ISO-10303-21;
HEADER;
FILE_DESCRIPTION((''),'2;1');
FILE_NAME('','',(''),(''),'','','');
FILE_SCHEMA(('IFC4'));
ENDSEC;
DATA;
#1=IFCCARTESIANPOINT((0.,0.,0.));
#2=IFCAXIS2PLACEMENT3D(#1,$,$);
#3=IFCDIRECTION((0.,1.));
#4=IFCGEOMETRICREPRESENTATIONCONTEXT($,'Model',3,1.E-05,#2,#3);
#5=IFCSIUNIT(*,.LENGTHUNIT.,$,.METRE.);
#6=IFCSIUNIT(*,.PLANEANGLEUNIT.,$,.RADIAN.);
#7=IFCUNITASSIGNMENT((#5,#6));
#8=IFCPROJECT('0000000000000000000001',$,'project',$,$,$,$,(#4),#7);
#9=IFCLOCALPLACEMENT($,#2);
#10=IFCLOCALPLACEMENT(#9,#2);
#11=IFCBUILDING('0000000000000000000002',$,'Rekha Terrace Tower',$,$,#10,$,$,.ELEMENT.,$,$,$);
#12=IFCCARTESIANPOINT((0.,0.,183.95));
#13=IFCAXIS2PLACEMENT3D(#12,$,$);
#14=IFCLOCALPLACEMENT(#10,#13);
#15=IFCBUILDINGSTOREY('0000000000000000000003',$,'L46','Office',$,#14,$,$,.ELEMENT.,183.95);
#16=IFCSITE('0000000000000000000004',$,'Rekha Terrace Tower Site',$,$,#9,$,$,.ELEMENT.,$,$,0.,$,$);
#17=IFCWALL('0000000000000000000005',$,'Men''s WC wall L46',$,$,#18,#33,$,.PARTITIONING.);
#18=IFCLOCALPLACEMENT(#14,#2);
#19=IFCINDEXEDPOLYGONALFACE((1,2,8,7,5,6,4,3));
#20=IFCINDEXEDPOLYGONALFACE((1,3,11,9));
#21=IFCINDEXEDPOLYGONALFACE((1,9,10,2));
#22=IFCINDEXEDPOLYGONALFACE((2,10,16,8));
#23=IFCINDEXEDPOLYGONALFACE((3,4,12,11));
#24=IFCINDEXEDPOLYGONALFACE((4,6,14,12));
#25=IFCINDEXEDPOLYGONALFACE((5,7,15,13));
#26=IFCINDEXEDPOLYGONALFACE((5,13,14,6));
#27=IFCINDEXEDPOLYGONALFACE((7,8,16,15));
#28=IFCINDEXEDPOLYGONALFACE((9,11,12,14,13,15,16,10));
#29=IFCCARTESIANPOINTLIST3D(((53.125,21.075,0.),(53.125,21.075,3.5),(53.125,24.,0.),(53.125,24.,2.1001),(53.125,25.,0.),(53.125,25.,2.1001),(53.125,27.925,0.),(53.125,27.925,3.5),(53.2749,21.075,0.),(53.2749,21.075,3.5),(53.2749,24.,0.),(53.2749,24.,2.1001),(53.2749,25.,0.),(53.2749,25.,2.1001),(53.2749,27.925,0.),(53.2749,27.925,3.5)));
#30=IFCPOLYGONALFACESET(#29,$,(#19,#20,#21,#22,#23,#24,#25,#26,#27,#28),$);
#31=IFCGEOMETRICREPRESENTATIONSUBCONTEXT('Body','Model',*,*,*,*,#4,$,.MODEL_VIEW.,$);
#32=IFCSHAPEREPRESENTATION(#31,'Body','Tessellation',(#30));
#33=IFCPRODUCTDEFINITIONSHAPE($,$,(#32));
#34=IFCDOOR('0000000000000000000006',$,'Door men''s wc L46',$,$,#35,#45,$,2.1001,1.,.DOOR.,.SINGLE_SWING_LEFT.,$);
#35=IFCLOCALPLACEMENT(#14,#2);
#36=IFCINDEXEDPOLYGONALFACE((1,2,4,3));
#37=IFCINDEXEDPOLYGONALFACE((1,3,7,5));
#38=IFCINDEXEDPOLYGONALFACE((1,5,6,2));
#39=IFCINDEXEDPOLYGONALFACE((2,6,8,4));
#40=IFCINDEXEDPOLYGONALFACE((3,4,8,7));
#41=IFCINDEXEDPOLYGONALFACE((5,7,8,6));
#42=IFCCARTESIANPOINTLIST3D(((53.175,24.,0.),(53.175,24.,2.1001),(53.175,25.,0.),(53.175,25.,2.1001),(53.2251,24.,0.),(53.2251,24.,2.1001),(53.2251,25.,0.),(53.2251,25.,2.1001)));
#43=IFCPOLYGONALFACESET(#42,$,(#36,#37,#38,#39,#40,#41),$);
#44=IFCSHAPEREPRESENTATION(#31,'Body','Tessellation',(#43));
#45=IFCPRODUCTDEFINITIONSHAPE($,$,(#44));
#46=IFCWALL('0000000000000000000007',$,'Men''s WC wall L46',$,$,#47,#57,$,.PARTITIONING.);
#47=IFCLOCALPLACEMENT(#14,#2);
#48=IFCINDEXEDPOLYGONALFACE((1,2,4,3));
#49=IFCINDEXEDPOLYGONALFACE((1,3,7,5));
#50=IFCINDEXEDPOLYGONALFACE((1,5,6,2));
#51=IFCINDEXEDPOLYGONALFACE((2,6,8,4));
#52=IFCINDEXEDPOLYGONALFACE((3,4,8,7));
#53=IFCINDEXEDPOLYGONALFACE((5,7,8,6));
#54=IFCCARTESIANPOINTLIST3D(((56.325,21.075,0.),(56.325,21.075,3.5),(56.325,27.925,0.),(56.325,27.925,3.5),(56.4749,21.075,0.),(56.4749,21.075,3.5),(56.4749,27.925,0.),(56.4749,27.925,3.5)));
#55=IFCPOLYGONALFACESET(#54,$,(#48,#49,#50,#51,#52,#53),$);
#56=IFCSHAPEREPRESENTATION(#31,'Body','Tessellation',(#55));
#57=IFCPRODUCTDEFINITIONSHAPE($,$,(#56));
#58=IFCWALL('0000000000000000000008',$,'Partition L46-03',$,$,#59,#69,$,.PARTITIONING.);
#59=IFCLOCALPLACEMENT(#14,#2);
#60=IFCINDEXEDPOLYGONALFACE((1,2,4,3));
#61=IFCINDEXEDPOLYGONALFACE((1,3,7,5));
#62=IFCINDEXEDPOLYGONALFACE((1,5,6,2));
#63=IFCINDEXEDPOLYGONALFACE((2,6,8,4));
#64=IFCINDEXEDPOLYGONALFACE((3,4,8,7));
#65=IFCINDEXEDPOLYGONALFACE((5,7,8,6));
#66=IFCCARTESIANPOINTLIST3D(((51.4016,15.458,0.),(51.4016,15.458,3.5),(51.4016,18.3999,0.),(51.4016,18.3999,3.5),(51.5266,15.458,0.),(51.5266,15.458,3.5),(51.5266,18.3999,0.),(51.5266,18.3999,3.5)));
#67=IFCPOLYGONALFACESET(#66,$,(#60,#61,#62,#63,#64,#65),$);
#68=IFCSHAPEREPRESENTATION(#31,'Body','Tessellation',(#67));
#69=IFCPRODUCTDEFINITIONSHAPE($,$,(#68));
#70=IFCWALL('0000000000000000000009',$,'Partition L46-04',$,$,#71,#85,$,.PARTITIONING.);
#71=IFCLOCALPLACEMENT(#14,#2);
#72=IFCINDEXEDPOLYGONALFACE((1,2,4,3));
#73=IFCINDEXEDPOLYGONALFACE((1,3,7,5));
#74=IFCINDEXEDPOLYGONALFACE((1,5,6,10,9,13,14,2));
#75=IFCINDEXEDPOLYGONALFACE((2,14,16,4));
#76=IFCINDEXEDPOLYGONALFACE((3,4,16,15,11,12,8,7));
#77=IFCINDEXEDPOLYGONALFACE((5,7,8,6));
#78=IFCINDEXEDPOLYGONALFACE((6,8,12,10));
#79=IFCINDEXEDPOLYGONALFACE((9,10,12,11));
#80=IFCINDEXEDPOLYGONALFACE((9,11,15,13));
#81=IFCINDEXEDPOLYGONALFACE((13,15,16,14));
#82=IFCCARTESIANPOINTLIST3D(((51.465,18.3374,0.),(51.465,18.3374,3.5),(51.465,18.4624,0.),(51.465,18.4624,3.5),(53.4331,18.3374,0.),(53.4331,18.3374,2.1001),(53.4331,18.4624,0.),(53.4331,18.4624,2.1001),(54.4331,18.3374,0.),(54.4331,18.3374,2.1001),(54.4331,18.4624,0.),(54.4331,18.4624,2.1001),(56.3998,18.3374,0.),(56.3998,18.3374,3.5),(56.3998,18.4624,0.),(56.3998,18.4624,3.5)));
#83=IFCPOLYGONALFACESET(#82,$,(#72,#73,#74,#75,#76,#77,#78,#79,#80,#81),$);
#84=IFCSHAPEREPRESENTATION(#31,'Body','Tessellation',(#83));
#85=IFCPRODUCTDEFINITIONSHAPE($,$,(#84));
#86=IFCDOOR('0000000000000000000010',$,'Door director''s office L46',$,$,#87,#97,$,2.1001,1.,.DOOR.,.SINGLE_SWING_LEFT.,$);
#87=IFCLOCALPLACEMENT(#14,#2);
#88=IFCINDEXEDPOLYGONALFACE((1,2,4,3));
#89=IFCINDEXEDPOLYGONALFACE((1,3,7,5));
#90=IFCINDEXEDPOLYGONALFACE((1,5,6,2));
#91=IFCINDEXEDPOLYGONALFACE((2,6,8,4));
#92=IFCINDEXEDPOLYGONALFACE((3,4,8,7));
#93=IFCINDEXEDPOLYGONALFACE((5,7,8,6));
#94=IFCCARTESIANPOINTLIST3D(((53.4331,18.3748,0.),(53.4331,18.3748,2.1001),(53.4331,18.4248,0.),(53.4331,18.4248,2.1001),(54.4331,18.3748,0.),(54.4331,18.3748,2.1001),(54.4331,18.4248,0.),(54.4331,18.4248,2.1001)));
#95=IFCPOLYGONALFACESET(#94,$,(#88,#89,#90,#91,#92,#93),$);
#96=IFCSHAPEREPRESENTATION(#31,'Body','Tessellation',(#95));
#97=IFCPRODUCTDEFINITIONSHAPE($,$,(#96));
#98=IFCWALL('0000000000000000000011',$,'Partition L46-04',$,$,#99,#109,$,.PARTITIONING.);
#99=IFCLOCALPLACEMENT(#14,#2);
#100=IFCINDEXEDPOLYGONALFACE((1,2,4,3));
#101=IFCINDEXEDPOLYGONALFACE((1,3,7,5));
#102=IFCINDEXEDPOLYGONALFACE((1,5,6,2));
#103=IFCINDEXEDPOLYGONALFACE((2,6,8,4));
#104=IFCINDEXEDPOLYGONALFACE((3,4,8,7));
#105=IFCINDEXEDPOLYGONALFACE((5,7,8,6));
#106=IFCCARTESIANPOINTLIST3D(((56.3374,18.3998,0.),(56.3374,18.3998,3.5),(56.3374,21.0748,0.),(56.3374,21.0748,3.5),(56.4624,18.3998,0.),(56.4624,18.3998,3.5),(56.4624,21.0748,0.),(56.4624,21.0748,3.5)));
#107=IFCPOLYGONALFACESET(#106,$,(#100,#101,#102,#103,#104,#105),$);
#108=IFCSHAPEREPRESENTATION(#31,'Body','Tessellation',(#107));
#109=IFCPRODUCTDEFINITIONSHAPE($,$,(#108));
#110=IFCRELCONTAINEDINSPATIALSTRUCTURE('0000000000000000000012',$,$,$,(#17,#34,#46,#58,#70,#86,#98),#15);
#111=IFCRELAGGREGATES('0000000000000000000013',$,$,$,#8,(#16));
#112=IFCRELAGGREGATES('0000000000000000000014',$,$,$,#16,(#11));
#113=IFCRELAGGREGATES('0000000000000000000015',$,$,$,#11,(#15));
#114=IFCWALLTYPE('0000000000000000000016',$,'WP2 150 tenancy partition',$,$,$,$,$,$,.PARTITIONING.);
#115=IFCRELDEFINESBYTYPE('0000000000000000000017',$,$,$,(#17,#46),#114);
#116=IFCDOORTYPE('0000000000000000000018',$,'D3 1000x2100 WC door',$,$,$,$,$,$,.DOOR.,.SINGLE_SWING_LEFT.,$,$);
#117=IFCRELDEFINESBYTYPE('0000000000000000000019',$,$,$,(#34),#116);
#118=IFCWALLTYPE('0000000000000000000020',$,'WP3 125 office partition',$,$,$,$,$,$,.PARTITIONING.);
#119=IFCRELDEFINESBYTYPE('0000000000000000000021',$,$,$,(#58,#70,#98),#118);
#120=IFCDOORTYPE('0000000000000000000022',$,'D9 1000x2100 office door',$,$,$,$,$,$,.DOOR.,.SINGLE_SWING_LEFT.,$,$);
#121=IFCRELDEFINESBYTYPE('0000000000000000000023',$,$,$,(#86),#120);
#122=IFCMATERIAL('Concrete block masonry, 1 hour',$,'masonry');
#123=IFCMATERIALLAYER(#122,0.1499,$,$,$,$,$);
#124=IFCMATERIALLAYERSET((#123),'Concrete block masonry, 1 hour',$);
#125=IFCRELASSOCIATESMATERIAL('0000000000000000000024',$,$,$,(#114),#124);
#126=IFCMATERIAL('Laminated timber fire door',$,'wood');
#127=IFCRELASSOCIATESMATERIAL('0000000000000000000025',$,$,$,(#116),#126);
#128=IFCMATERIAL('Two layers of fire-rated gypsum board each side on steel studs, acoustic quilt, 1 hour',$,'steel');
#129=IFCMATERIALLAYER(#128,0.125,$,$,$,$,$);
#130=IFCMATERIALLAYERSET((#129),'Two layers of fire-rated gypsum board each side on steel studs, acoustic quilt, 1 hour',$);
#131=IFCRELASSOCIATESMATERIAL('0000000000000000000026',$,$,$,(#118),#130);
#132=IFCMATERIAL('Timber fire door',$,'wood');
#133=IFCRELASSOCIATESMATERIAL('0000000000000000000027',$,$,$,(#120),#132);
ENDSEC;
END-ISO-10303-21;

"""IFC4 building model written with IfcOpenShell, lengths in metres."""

from ifc_helpers import new_model, si_unit, direction, frame, frame_2d, origin, place, context, subcontext, project, spatial, rectangle, extrude, material, layer, layer_set, type_object, element, fill, save


model = new_model("IFC4")

# Units and contexts
model_context = context("Model", 3, precision=1e-05, world=origin(), true_north=direction((0.0, 1.0)))
body_context = subcontext(model_context, "Body", "Model", "MODEL_VIEW")
ifc_project = project(units=[si_unit("LENGTHUNIT", "METRE"), si_unit("PLANEANGLEUNIT", "RADIAN")], contexts=[model_context])

# Site, building, storey
site_placement = place(None, origin())
site = spatial("IfcSite", under=ifc_project, at=site_placement, Name="Rekha Terrace Tower Site", CompositionType="ELEMENT", RefElevation=0.0)
building_placement = place(site_placement, origin())
building = spatial("IfcBuilding", under=site, at=building_placement, Name="Rekha Terrace Tower", CompositionType="ELEMENT")
storey_placement = place(building_placement, frame((0.0, 0.0, 183.95)))
storey = spatial("IfcBuildingStorey", under=building, at=storey_placement, Name="L46", Description="Office", CompositionType="ELEMENT", Elevation=183.95)

# Shared definitions
ifc_material_1 = material(Name="Concrete block masonry, 1 hour", Category="masonry")
ifc_layer_1 = layer(ifc_material_1, 0.1499)
ifc_layer_set_1 = layer_set([ifc_layer_1], Name="Concrete block masonry, 1 hour")
wall_type_1 = type_object("IfcWallType", Name="WP2 150 tenancy partition", PredefinedType="PARTITIONING", material=ifc_layer_set_1)

# Wall, opening, door
wall_1_placement = place(storey_placement, frame((53.2, 21.075, 0.0), z_axis=(0.0, 0.0, 1.0), x_axis=(0.0, 1.0, 0.0)))
wall_1 = element("IfcWall", 1, at=wall_1_placement, inside=storey, type_object=wall_type_1, Name="Men's WC wall L46", PredefinedType="PARTITIONING", context=body_context, shape_type="SweptSolid", body=[
    extrude(rectangle(XDim=6.8501, YDim=0.1499, at=frame_2d((3.425, 0.0))), origin(), (0.0, 0.0, 1.0), 3.5),
])
opening_1_placement = place(wall_1_placement, frame((2.925, 0.0, 0.0)))
opening_1 = element("IfcOpeningElement", 2, at=opening_1_placement, cuts=wall_1, PredefinedType="OPENING", context=body_context, shape_type="SweptSolid", body=[
    extrude(rectangle(XDim=1.0, YDim=2.1001, at=frame_2d((0.5, 1.05))), frame((0.0, 0.085, 0.0), z_axis=(0.0, -1.0, 0.0), x_axis=(1.0, 0.0, 0.0)), (0.0, 0.0, 1.0), 0.1699),
])
ifc_material_2 = material(Name="Laminated timber fire door", Category="wood")
door_type_1 = type_object("IfcDoorType", Name="D3 1000x2100 WC door", OperationType="SINGLE_SWING_LEFT", PredefinedType="DOOR", material=ifc_material_2)
door_1_placement = place(opening_1_placement, origin())
door_1 = element("IfcDoor", 3, at=door_1_placement, inside=storey, type_object=door_type_1, Name="Door men's wc L46", OperationType="SINGLE_SWING_LEFT", OverallHeight=2.1001, OverallWidth=1.0, PredefinedType="DOOR", context=body_context, shape_type="SweptSolid", body=[
    extrude(rectangle(XDim=1.0, YDim=2.1001, at=frame_2d((0.5, 1.05))), frame((0.0, 0.0249, 0.0), z_axis=(0.0, -1.0, 0.0), x_axis=(1.0, 0.0, 0.0)), (0.0, 0.0, 1.0), 0.05),
])
fill(opening_1, door_1)

# Walls
wall_2_placement = place(storey_placement, frame((56.3999, 21.075, 0.0), z_axis=(0.0, 0.0, 1.0), x_axis=(0.0, 1.0, 0.0)))
element("IfcWall", 4, at=wall_2_placement, inside=storey, type_object=wall_type_1, Name="Men's WC wall L46", PredefinedType="PARTITIONING", context=body_context, shape_type="SweptSolid", body=[
    extrude(rectangle(XDim=6.8501, YDim=0.1499, at=frame_2d((3.425, 0.0))), origin(), (0.0, 0.0, 1.0), 3.5),
])
ifc_material_3 = material(Name="Two layers of fire-rated gypsum board each side on steel studs, acoustic quilt, 1 hour", Category="steel")
ifc_layer_2 = layer(ifc_material_3, 0.125)
ifc_layer_set_2 = layer_set([ifc_layer_2], Name="Two layers of fire-rated gypsum board each side on steel studs, acoustic quilt, 1 hour")
wall_type_2 = type_object("IfcWallType", Name="WP3 125 office partition", PredefinedType="PARTITIONING", material=ifc_layer_set_2)
wall_3_placement = place(storey_placement, frame((51.4641, 18.3999, 0.0), z_axis=(0.0, 0.0, 1.0), x_axis=(0.0, -1.0, 0.0)))
element("IfcWall", 5, at=wall_3_placement, inside=storey, type_object=wall_type_2, Name="Partition L46-03", PredefinedType="PARTITIONING", context=body_context, shape_type="SweptSolid", body=[
    extrude(rectangle(XDim=2.9419, YDim=0.125, at=frame_2d((1.4709, 0.0))), origin(), (0.0, 0.0, 1.0), 3.5),
])

# Wall, opening, door
wall_4_placement = place(storey_placement, frame((51.4651, 18.3999, 0.0), z_axis=(0.0, 0.0, 1.0), x_axis=(1.0, 0.0, 0.0)))
wall_4 = element("IfcWall", 6, at=wall_4_placement, inside=storey, type_object=wall_type_2, Name="Partition L46-04", PredefinedType="PARTITIONING", context=body_context, shape_type="SweptSolid", body=[
    extrude(rectangle(XDim=4.9348, YDim=0.125, at=frame_2d((2.4673, 0.0))), origin(), (0.0, 0.0, 1.0), 3.5),
])
opening_2_placement = place(wall_4_placement, frame((1.968, 0.0, 0.0)))
opening_2 = element("IfcOpeningElement", 7, at=opening_2_placement, cuts=wall_4, PredefinedType="OPENING", context=body_context, shape_type="SweptSolid", body=[
    extrude(rectangle(XDim=1.0, YDim=2.1001, at=frame_2d((0.5, 1.05))), frame((0.0, 0.0725, 0.0), z_axis=(0.0, -1.0, 0.0), x_axis=(1.0, 0.0, 0.0)), (0.0, 0.0, 1.0), 0.145),
])
ifc_material_4 = material(Name="Timber fire door", Category="wood")
door_type_2 = type_object("IfcDoorType", Name="D9 1000x2100 office door", OperationType="SINGLE_SWING_LEFT", PredefinedType="DOOR", material=ifc_material_4)
door_2_placement = place(opening_2_placement, origin())
door_2 = element("IfcDoor", 8, at=door_2_placement, inside=storey, type_object=door_type_2, Name="Door director's office L46", OperationType="SINGLE_SWING_LEFT", OverallHeight=2.1001, OverallWidth=1.0, PredefinedType="DOOR", context=body_context, shape_type="SweptSolid", body=[
    extrude(rectangle(XDim=1.0, YDim=2.1001, at=frame_2d((0.5, 1.05))), frame((0.0, 0.0249, 0.0), z_axis=(0.0, -1.0, 0.0), x_axis=(1.0, 0.0, 0.0)), (0.0, 0.0, 1.0), 0.05),
])
fill(opening_2, door_2)

# Wall
wall_5_placement = place(storey_placement, frame((56.3999, 18.3999, 0.0), z_axis=(0.0, 0.0, 1.0), x_axis=(0.0, 1.0, 0.0)))
element("IfcWall", 9, at=wall_5_placement, inside=storey, type_object=wall_type_2, Name="Partition L46-04", PredefinedType="PARTITIONING", context=body_context, shape_type="SweptSolid", body=[
    extrude(rectangle(XDim=2.675, YDim=0.125, at=frame_2d((1.3374, 0.0))), origin(), (0.0, 0.0, 1.0), 3.5),
])

save(model, "model.ifc")
